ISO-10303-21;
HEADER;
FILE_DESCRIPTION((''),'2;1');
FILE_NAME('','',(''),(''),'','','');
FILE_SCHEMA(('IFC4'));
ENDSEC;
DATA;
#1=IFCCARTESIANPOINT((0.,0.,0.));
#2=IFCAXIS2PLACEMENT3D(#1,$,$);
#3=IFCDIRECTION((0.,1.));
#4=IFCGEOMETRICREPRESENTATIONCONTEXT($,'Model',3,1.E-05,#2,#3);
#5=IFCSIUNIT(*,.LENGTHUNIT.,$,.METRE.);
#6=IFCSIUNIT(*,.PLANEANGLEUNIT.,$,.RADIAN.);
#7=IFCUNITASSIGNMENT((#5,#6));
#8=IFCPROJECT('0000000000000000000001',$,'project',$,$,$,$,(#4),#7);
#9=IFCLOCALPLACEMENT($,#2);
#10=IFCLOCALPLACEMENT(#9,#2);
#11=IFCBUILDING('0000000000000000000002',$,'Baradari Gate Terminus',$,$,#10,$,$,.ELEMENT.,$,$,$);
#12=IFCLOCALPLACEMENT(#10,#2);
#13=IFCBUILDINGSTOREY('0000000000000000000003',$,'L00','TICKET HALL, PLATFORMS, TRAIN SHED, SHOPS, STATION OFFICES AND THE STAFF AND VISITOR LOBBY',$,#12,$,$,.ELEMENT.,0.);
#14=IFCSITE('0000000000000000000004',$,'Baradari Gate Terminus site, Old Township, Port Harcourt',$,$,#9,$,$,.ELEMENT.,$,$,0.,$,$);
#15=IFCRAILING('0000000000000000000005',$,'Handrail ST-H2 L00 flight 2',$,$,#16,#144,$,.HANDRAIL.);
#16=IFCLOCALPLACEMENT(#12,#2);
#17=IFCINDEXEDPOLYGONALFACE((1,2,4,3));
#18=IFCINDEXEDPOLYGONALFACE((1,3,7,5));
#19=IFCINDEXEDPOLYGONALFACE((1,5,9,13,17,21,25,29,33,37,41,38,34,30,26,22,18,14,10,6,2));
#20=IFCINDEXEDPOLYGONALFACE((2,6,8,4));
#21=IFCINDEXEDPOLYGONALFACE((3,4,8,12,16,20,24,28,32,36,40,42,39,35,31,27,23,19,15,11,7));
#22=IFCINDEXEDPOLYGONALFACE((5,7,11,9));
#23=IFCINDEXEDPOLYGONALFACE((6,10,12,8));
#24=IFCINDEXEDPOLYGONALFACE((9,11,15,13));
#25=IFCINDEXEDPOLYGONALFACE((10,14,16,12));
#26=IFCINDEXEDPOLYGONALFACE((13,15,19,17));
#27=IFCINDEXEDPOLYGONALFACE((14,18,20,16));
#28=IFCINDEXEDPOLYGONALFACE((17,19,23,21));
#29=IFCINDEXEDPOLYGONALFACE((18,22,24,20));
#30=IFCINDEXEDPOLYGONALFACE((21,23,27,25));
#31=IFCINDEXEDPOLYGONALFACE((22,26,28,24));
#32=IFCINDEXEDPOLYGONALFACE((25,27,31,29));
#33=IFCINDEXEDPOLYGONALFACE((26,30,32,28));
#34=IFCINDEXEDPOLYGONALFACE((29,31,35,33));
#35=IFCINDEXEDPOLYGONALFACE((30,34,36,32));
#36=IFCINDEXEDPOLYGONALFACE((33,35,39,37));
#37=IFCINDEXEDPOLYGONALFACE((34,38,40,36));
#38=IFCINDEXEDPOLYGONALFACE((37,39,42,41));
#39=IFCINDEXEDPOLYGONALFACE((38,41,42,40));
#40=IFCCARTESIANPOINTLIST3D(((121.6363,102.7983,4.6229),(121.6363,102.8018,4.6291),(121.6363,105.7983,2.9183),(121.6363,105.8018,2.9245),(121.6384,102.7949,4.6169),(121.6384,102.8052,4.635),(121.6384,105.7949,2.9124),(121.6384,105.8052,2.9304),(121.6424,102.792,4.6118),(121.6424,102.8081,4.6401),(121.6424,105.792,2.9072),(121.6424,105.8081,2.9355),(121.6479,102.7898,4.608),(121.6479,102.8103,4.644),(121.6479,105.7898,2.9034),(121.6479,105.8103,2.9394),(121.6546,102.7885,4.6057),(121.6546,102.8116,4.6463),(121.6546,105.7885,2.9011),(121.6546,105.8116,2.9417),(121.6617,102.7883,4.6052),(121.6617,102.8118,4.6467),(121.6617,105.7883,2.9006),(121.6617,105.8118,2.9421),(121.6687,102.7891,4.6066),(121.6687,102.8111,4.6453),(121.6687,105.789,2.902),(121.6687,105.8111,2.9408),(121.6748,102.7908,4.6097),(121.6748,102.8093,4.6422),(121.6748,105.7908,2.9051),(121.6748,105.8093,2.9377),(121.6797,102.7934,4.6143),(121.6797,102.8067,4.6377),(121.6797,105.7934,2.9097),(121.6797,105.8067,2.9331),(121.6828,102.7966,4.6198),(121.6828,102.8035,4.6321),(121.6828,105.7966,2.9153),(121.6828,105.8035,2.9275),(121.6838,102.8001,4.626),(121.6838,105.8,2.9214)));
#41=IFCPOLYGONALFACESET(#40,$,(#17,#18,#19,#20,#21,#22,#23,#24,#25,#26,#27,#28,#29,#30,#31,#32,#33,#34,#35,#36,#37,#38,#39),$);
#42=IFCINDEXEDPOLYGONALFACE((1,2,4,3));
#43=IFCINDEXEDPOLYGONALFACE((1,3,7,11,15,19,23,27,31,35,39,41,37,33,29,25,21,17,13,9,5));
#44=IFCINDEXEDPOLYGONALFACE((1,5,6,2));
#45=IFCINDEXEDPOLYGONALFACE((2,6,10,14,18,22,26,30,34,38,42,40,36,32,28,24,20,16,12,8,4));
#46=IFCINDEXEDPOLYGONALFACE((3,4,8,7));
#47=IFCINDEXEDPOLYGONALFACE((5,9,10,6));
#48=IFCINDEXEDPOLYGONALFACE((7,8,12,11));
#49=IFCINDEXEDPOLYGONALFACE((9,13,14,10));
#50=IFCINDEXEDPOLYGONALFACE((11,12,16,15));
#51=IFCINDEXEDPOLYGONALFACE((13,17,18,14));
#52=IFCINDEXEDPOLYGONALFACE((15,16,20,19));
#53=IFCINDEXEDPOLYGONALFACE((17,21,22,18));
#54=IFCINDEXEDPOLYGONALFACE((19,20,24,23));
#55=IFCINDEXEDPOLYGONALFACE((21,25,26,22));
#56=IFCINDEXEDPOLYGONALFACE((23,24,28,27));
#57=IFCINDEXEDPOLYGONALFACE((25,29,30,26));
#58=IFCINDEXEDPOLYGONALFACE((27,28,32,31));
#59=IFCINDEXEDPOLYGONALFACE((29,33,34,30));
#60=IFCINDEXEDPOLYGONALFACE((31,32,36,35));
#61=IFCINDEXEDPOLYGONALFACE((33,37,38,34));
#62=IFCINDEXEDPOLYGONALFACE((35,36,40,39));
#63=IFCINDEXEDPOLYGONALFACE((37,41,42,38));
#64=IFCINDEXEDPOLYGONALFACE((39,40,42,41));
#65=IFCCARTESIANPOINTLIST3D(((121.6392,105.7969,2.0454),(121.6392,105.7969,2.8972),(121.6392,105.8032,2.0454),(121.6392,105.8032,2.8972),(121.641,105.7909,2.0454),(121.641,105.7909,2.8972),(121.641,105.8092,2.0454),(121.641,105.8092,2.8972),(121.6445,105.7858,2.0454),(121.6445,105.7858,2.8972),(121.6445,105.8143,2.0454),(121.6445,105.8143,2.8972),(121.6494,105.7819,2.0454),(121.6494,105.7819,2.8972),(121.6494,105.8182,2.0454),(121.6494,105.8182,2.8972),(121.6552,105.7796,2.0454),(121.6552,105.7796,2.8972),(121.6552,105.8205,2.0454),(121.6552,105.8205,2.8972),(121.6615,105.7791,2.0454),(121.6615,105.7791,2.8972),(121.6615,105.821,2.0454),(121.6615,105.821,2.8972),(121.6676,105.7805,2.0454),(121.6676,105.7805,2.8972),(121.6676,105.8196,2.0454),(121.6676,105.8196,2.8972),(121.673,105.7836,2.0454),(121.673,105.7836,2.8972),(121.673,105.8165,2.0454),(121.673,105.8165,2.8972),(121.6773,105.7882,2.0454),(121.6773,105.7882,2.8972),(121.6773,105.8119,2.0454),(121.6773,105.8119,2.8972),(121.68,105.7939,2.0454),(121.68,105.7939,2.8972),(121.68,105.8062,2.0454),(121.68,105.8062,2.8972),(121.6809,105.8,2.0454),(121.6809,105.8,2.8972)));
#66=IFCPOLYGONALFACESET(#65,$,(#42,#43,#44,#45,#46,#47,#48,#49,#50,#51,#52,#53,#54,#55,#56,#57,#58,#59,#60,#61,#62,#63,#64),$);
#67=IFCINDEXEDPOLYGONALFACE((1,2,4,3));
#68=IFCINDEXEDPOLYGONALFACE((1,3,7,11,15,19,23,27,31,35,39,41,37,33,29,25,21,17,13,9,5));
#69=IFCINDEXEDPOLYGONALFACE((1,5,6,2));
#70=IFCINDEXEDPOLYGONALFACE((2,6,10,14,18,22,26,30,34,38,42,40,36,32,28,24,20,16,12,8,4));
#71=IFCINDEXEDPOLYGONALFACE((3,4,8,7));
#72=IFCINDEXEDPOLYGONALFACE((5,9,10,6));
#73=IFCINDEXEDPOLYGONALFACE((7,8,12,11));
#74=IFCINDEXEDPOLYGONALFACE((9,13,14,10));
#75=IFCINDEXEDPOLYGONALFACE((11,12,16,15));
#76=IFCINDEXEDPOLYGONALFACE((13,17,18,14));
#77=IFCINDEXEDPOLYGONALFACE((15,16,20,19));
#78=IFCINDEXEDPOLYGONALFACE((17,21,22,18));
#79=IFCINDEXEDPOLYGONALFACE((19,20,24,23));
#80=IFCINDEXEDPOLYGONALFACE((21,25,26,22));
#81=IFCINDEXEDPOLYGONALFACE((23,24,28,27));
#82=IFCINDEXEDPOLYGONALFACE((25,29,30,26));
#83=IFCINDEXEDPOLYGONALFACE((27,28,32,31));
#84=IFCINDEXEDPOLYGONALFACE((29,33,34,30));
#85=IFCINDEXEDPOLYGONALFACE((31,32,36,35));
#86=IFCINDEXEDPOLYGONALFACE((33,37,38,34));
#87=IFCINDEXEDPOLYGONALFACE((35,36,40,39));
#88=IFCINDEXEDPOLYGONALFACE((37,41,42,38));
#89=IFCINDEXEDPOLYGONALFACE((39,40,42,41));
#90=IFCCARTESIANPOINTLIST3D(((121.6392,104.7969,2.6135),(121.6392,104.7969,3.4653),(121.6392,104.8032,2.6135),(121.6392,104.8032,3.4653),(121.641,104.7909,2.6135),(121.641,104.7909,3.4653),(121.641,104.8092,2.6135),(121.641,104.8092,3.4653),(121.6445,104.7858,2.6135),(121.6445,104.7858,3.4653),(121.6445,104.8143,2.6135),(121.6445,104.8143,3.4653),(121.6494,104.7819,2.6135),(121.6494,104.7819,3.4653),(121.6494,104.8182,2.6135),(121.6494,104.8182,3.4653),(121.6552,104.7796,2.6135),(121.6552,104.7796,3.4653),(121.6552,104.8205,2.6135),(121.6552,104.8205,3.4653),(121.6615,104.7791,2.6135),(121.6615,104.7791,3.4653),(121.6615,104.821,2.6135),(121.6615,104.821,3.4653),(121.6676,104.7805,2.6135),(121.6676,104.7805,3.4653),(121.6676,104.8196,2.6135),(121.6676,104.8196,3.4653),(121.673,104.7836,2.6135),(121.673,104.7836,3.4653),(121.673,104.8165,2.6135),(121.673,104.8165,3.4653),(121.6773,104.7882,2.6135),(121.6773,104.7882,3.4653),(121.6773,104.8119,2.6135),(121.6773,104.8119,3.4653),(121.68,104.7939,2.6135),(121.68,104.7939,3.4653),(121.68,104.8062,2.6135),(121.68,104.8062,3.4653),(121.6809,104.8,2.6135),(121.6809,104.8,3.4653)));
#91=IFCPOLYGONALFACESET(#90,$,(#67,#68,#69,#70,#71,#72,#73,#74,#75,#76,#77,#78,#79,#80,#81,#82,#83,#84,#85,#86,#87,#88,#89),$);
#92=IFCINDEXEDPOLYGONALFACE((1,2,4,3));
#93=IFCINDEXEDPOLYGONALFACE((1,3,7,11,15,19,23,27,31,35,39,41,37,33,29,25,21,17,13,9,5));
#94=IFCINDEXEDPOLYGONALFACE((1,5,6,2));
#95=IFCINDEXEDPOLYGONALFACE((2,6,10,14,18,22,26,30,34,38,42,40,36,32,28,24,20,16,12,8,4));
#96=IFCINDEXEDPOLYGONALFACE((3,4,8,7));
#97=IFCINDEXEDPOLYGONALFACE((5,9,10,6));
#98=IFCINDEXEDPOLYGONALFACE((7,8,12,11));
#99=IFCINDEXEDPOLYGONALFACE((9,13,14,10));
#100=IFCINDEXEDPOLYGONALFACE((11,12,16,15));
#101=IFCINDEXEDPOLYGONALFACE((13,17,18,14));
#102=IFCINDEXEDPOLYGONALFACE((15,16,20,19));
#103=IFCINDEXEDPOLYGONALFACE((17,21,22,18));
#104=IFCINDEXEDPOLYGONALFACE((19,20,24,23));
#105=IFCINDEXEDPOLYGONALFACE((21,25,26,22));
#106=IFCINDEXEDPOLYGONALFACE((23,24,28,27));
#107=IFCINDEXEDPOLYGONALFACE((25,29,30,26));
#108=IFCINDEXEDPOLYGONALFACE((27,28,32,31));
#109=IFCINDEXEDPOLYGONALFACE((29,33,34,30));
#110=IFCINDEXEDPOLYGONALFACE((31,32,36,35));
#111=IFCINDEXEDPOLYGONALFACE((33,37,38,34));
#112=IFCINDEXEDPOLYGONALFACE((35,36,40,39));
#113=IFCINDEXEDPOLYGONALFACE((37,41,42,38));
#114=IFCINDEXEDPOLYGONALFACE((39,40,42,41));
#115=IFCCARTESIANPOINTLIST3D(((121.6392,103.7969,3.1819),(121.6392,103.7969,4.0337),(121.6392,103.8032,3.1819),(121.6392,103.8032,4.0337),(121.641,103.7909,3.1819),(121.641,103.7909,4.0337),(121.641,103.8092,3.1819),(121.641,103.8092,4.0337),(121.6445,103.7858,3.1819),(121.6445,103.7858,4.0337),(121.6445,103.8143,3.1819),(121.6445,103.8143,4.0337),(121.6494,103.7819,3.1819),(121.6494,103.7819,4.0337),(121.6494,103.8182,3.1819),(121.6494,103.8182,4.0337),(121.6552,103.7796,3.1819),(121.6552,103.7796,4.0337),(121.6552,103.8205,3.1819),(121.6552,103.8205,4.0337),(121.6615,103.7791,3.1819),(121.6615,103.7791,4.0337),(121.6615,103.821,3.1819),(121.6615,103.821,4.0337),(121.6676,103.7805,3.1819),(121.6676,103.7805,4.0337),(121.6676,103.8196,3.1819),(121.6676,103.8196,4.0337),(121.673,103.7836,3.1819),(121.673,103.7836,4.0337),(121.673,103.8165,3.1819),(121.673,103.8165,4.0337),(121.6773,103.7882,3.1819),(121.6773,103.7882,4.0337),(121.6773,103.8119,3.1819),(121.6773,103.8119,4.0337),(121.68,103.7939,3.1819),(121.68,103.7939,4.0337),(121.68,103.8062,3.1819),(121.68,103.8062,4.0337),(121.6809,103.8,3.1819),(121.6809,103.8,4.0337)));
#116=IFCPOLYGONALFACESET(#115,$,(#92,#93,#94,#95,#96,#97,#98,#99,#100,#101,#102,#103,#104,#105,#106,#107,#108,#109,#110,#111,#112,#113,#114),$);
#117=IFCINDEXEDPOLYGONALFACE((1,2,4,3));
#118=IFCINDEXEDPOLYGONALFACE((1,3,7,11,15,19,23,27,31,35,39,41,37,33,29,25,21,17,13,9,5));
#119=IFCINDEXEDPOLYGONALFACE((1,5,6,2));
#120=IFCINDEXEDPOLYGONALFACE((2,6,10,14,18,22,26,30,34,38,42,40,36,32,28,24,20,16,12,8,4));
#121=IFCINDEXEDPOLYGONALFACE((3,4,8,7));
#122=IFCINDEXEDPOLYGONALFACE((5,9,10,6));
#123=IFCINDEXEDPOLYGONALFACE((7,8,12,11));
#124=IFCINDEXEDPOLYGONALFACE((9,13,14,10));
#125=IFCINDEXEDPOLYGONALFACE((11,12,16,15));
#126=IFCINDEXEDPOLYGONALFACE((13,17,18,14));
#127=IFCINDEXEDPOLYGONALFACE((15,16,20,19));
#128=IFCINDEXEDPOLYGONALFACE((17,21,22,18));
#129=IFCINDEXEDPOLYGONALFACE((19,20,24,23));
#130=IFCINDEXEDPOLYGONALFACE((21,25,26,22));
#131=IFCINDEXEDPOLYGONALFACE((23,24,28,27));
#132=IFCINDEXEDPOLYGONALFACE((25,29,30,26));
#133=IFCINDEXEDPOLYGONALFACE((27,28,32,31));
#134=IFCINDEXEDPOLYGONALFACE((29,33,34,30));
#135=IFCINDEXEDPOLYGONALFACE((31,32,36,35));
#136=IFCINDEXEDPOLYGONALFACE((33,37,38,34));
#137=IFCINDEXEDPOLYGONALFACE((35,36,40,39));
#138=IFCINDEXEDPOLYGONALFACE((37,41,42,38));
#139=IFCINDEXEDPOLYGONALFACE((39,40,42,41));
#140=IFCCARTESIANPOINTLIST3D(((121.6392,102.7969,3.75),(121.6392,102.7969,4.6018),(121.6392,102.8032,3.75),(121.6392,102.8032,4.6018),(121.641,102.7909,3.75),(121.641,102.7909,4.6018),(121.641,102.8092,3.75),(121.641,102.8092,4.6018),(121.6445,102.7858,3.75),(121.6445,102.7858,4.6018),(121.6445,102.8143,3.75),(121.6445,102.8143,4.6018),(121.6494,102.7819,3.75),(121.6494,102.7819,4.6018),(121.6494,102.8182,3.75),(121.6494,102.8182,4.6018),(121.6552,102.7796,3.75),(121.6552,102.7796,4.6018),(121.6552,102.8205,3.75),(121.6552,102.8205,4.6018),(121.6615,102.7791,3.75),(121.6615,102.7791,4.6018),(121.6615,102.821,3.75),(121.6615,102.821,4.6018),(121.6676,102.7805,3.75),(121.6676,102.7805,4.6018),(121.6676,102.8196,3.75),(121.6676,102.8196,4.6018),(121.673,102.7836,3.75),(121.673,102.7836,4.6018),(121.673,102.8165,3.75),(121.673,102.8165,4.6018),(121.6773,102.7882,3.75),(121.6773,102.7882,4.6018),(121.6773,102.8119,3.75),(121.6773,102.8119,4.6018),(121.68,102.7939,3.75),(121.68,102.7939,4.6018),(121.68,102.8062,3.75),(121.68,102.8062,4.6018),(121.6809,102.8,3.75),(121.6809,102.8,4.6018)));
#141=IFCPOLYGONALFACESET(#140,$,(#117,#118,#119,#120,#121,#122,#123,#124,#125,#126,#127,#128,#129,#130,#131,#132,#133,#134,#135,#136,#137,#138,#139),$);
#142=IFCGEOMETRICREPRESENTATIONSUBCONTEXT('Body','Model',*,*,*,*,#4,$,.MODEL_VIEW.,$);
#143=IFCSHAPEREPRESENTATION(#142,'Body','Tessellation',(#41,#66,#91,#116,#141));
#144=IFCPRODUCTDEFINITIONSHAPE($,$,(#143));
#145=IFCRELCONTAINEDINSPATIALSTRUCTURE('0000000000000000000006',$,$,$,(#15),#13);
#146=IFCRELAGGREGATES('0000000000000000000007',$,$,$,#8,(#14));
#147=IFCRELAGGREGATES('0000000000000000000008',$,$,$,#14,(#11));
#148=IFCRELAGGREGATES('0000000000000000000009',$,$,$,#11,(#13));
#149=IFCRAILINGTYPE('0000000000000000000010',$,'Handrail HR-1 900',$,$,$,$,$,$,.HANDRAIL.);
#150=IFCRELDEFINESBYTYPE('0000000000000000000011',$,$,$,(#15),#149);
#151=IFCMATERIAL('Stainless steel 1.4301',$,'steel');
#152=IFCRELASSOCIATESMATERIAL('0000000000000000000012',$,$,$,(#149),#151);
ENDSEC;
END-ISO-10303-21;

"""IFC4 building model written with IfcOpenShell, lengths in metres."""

from ifc_helpers import new_model, si_unit, direction, frame, origin, origin_2d, place, context, subcontext, project, spatial, circle, extrude, material, type_object, element, save


model = new_model("IFC4")

# Units and contexts
model_context = context("Model", 3, precision=1e-05, world=origin(), true_north=direction((0.0, 1.0)))
body_context = subcontext(model_context, "Body", "Model", "MODEL_VIEW")
ifc_project = project(units=[si_unit("LENGTHUNIT", "METRE"), si_unit("PLANEANGLEUNIT", "RADIAN")], contexts=[model_context])

# Site, building, storey
site_placement = place(None, origin())
site = spatial("IfcSite", under=ifc_project, at=site_placement, Name="Baradari Gate Terminus site, Old Township, Port Harcourt", CompositionType="ELEMENT", RefElevation=0.0)
building_placement = place(site_placement, origin())
building = spatial("IfcBuilding", under=site, at=building_placement, Name="Baradari Gate Terminus", CompositionType="ELEMENT")
storey_placement = place(building_placement, origin())
storey = spatial("IfcBuildingStorey", under=building, at=storey_placement, Name="L00", Description="TICKET HALL, PLATFORMS, TRAIN SHED, SHOPS, STATION OFFICES AND THE STAFF AND VISITOR LOBBY", CompositionType="ELEMENT", Elevation=0.0)

# Railing
ifc_material_1 = material(Name="Stainless steel 1.4301", Category="steel")
railing_type_1 = type_object("IfcRailingType", Name="Handrail HR-1 900", PredefinedType="HANDRAIL", material=ifc_material_1)
for number, where, name in (
    (1, (121.6599, 105.8, 2.0454), "Handrail ST-H2 L00 flight 2"),
):
    element("IfcRailing", number, at=place(storey_placement, frame(where)), inside=storey, type_object=railing_type_1, Name=name, PredefinedType="HANDRAIL", context=body_context, shape_type="SweptSolid", body=[
        extrude(circle(Radius=0.0239, at=origin_2d()), frame((0.0, 0.0, 0.876), z_axis=(0.0, -0.869451, 0.494019), x_axis=(1.0, 0.0, 0.0)), (0.0, 0.0, 1.0), 3.4504),
        extrude(circle(Radius=0.021, at=origin_2d()), origin(), (0.0, 0.0, 1.0), 0.8518),
        extrude(circle(Radius=0.021, at=origin_2d()), frame((0.0, -1.0, 0.5681)), (0.0, 0.0, 1.0), 0.8518),
        extrude(circle(Radius=0.021, at=origin_2d()), frame((0.0, -2.0, 1.1365)), (0.0, 0.0, 1.0), 0.8518),
        extrude(circle(Radius=0.021, at=origin_2d()), frame((0.0, -3.0, 1.7046)), (0.0, 0.0, 1.0), 0.8518),
    ])

save(model, "model.ifc")
